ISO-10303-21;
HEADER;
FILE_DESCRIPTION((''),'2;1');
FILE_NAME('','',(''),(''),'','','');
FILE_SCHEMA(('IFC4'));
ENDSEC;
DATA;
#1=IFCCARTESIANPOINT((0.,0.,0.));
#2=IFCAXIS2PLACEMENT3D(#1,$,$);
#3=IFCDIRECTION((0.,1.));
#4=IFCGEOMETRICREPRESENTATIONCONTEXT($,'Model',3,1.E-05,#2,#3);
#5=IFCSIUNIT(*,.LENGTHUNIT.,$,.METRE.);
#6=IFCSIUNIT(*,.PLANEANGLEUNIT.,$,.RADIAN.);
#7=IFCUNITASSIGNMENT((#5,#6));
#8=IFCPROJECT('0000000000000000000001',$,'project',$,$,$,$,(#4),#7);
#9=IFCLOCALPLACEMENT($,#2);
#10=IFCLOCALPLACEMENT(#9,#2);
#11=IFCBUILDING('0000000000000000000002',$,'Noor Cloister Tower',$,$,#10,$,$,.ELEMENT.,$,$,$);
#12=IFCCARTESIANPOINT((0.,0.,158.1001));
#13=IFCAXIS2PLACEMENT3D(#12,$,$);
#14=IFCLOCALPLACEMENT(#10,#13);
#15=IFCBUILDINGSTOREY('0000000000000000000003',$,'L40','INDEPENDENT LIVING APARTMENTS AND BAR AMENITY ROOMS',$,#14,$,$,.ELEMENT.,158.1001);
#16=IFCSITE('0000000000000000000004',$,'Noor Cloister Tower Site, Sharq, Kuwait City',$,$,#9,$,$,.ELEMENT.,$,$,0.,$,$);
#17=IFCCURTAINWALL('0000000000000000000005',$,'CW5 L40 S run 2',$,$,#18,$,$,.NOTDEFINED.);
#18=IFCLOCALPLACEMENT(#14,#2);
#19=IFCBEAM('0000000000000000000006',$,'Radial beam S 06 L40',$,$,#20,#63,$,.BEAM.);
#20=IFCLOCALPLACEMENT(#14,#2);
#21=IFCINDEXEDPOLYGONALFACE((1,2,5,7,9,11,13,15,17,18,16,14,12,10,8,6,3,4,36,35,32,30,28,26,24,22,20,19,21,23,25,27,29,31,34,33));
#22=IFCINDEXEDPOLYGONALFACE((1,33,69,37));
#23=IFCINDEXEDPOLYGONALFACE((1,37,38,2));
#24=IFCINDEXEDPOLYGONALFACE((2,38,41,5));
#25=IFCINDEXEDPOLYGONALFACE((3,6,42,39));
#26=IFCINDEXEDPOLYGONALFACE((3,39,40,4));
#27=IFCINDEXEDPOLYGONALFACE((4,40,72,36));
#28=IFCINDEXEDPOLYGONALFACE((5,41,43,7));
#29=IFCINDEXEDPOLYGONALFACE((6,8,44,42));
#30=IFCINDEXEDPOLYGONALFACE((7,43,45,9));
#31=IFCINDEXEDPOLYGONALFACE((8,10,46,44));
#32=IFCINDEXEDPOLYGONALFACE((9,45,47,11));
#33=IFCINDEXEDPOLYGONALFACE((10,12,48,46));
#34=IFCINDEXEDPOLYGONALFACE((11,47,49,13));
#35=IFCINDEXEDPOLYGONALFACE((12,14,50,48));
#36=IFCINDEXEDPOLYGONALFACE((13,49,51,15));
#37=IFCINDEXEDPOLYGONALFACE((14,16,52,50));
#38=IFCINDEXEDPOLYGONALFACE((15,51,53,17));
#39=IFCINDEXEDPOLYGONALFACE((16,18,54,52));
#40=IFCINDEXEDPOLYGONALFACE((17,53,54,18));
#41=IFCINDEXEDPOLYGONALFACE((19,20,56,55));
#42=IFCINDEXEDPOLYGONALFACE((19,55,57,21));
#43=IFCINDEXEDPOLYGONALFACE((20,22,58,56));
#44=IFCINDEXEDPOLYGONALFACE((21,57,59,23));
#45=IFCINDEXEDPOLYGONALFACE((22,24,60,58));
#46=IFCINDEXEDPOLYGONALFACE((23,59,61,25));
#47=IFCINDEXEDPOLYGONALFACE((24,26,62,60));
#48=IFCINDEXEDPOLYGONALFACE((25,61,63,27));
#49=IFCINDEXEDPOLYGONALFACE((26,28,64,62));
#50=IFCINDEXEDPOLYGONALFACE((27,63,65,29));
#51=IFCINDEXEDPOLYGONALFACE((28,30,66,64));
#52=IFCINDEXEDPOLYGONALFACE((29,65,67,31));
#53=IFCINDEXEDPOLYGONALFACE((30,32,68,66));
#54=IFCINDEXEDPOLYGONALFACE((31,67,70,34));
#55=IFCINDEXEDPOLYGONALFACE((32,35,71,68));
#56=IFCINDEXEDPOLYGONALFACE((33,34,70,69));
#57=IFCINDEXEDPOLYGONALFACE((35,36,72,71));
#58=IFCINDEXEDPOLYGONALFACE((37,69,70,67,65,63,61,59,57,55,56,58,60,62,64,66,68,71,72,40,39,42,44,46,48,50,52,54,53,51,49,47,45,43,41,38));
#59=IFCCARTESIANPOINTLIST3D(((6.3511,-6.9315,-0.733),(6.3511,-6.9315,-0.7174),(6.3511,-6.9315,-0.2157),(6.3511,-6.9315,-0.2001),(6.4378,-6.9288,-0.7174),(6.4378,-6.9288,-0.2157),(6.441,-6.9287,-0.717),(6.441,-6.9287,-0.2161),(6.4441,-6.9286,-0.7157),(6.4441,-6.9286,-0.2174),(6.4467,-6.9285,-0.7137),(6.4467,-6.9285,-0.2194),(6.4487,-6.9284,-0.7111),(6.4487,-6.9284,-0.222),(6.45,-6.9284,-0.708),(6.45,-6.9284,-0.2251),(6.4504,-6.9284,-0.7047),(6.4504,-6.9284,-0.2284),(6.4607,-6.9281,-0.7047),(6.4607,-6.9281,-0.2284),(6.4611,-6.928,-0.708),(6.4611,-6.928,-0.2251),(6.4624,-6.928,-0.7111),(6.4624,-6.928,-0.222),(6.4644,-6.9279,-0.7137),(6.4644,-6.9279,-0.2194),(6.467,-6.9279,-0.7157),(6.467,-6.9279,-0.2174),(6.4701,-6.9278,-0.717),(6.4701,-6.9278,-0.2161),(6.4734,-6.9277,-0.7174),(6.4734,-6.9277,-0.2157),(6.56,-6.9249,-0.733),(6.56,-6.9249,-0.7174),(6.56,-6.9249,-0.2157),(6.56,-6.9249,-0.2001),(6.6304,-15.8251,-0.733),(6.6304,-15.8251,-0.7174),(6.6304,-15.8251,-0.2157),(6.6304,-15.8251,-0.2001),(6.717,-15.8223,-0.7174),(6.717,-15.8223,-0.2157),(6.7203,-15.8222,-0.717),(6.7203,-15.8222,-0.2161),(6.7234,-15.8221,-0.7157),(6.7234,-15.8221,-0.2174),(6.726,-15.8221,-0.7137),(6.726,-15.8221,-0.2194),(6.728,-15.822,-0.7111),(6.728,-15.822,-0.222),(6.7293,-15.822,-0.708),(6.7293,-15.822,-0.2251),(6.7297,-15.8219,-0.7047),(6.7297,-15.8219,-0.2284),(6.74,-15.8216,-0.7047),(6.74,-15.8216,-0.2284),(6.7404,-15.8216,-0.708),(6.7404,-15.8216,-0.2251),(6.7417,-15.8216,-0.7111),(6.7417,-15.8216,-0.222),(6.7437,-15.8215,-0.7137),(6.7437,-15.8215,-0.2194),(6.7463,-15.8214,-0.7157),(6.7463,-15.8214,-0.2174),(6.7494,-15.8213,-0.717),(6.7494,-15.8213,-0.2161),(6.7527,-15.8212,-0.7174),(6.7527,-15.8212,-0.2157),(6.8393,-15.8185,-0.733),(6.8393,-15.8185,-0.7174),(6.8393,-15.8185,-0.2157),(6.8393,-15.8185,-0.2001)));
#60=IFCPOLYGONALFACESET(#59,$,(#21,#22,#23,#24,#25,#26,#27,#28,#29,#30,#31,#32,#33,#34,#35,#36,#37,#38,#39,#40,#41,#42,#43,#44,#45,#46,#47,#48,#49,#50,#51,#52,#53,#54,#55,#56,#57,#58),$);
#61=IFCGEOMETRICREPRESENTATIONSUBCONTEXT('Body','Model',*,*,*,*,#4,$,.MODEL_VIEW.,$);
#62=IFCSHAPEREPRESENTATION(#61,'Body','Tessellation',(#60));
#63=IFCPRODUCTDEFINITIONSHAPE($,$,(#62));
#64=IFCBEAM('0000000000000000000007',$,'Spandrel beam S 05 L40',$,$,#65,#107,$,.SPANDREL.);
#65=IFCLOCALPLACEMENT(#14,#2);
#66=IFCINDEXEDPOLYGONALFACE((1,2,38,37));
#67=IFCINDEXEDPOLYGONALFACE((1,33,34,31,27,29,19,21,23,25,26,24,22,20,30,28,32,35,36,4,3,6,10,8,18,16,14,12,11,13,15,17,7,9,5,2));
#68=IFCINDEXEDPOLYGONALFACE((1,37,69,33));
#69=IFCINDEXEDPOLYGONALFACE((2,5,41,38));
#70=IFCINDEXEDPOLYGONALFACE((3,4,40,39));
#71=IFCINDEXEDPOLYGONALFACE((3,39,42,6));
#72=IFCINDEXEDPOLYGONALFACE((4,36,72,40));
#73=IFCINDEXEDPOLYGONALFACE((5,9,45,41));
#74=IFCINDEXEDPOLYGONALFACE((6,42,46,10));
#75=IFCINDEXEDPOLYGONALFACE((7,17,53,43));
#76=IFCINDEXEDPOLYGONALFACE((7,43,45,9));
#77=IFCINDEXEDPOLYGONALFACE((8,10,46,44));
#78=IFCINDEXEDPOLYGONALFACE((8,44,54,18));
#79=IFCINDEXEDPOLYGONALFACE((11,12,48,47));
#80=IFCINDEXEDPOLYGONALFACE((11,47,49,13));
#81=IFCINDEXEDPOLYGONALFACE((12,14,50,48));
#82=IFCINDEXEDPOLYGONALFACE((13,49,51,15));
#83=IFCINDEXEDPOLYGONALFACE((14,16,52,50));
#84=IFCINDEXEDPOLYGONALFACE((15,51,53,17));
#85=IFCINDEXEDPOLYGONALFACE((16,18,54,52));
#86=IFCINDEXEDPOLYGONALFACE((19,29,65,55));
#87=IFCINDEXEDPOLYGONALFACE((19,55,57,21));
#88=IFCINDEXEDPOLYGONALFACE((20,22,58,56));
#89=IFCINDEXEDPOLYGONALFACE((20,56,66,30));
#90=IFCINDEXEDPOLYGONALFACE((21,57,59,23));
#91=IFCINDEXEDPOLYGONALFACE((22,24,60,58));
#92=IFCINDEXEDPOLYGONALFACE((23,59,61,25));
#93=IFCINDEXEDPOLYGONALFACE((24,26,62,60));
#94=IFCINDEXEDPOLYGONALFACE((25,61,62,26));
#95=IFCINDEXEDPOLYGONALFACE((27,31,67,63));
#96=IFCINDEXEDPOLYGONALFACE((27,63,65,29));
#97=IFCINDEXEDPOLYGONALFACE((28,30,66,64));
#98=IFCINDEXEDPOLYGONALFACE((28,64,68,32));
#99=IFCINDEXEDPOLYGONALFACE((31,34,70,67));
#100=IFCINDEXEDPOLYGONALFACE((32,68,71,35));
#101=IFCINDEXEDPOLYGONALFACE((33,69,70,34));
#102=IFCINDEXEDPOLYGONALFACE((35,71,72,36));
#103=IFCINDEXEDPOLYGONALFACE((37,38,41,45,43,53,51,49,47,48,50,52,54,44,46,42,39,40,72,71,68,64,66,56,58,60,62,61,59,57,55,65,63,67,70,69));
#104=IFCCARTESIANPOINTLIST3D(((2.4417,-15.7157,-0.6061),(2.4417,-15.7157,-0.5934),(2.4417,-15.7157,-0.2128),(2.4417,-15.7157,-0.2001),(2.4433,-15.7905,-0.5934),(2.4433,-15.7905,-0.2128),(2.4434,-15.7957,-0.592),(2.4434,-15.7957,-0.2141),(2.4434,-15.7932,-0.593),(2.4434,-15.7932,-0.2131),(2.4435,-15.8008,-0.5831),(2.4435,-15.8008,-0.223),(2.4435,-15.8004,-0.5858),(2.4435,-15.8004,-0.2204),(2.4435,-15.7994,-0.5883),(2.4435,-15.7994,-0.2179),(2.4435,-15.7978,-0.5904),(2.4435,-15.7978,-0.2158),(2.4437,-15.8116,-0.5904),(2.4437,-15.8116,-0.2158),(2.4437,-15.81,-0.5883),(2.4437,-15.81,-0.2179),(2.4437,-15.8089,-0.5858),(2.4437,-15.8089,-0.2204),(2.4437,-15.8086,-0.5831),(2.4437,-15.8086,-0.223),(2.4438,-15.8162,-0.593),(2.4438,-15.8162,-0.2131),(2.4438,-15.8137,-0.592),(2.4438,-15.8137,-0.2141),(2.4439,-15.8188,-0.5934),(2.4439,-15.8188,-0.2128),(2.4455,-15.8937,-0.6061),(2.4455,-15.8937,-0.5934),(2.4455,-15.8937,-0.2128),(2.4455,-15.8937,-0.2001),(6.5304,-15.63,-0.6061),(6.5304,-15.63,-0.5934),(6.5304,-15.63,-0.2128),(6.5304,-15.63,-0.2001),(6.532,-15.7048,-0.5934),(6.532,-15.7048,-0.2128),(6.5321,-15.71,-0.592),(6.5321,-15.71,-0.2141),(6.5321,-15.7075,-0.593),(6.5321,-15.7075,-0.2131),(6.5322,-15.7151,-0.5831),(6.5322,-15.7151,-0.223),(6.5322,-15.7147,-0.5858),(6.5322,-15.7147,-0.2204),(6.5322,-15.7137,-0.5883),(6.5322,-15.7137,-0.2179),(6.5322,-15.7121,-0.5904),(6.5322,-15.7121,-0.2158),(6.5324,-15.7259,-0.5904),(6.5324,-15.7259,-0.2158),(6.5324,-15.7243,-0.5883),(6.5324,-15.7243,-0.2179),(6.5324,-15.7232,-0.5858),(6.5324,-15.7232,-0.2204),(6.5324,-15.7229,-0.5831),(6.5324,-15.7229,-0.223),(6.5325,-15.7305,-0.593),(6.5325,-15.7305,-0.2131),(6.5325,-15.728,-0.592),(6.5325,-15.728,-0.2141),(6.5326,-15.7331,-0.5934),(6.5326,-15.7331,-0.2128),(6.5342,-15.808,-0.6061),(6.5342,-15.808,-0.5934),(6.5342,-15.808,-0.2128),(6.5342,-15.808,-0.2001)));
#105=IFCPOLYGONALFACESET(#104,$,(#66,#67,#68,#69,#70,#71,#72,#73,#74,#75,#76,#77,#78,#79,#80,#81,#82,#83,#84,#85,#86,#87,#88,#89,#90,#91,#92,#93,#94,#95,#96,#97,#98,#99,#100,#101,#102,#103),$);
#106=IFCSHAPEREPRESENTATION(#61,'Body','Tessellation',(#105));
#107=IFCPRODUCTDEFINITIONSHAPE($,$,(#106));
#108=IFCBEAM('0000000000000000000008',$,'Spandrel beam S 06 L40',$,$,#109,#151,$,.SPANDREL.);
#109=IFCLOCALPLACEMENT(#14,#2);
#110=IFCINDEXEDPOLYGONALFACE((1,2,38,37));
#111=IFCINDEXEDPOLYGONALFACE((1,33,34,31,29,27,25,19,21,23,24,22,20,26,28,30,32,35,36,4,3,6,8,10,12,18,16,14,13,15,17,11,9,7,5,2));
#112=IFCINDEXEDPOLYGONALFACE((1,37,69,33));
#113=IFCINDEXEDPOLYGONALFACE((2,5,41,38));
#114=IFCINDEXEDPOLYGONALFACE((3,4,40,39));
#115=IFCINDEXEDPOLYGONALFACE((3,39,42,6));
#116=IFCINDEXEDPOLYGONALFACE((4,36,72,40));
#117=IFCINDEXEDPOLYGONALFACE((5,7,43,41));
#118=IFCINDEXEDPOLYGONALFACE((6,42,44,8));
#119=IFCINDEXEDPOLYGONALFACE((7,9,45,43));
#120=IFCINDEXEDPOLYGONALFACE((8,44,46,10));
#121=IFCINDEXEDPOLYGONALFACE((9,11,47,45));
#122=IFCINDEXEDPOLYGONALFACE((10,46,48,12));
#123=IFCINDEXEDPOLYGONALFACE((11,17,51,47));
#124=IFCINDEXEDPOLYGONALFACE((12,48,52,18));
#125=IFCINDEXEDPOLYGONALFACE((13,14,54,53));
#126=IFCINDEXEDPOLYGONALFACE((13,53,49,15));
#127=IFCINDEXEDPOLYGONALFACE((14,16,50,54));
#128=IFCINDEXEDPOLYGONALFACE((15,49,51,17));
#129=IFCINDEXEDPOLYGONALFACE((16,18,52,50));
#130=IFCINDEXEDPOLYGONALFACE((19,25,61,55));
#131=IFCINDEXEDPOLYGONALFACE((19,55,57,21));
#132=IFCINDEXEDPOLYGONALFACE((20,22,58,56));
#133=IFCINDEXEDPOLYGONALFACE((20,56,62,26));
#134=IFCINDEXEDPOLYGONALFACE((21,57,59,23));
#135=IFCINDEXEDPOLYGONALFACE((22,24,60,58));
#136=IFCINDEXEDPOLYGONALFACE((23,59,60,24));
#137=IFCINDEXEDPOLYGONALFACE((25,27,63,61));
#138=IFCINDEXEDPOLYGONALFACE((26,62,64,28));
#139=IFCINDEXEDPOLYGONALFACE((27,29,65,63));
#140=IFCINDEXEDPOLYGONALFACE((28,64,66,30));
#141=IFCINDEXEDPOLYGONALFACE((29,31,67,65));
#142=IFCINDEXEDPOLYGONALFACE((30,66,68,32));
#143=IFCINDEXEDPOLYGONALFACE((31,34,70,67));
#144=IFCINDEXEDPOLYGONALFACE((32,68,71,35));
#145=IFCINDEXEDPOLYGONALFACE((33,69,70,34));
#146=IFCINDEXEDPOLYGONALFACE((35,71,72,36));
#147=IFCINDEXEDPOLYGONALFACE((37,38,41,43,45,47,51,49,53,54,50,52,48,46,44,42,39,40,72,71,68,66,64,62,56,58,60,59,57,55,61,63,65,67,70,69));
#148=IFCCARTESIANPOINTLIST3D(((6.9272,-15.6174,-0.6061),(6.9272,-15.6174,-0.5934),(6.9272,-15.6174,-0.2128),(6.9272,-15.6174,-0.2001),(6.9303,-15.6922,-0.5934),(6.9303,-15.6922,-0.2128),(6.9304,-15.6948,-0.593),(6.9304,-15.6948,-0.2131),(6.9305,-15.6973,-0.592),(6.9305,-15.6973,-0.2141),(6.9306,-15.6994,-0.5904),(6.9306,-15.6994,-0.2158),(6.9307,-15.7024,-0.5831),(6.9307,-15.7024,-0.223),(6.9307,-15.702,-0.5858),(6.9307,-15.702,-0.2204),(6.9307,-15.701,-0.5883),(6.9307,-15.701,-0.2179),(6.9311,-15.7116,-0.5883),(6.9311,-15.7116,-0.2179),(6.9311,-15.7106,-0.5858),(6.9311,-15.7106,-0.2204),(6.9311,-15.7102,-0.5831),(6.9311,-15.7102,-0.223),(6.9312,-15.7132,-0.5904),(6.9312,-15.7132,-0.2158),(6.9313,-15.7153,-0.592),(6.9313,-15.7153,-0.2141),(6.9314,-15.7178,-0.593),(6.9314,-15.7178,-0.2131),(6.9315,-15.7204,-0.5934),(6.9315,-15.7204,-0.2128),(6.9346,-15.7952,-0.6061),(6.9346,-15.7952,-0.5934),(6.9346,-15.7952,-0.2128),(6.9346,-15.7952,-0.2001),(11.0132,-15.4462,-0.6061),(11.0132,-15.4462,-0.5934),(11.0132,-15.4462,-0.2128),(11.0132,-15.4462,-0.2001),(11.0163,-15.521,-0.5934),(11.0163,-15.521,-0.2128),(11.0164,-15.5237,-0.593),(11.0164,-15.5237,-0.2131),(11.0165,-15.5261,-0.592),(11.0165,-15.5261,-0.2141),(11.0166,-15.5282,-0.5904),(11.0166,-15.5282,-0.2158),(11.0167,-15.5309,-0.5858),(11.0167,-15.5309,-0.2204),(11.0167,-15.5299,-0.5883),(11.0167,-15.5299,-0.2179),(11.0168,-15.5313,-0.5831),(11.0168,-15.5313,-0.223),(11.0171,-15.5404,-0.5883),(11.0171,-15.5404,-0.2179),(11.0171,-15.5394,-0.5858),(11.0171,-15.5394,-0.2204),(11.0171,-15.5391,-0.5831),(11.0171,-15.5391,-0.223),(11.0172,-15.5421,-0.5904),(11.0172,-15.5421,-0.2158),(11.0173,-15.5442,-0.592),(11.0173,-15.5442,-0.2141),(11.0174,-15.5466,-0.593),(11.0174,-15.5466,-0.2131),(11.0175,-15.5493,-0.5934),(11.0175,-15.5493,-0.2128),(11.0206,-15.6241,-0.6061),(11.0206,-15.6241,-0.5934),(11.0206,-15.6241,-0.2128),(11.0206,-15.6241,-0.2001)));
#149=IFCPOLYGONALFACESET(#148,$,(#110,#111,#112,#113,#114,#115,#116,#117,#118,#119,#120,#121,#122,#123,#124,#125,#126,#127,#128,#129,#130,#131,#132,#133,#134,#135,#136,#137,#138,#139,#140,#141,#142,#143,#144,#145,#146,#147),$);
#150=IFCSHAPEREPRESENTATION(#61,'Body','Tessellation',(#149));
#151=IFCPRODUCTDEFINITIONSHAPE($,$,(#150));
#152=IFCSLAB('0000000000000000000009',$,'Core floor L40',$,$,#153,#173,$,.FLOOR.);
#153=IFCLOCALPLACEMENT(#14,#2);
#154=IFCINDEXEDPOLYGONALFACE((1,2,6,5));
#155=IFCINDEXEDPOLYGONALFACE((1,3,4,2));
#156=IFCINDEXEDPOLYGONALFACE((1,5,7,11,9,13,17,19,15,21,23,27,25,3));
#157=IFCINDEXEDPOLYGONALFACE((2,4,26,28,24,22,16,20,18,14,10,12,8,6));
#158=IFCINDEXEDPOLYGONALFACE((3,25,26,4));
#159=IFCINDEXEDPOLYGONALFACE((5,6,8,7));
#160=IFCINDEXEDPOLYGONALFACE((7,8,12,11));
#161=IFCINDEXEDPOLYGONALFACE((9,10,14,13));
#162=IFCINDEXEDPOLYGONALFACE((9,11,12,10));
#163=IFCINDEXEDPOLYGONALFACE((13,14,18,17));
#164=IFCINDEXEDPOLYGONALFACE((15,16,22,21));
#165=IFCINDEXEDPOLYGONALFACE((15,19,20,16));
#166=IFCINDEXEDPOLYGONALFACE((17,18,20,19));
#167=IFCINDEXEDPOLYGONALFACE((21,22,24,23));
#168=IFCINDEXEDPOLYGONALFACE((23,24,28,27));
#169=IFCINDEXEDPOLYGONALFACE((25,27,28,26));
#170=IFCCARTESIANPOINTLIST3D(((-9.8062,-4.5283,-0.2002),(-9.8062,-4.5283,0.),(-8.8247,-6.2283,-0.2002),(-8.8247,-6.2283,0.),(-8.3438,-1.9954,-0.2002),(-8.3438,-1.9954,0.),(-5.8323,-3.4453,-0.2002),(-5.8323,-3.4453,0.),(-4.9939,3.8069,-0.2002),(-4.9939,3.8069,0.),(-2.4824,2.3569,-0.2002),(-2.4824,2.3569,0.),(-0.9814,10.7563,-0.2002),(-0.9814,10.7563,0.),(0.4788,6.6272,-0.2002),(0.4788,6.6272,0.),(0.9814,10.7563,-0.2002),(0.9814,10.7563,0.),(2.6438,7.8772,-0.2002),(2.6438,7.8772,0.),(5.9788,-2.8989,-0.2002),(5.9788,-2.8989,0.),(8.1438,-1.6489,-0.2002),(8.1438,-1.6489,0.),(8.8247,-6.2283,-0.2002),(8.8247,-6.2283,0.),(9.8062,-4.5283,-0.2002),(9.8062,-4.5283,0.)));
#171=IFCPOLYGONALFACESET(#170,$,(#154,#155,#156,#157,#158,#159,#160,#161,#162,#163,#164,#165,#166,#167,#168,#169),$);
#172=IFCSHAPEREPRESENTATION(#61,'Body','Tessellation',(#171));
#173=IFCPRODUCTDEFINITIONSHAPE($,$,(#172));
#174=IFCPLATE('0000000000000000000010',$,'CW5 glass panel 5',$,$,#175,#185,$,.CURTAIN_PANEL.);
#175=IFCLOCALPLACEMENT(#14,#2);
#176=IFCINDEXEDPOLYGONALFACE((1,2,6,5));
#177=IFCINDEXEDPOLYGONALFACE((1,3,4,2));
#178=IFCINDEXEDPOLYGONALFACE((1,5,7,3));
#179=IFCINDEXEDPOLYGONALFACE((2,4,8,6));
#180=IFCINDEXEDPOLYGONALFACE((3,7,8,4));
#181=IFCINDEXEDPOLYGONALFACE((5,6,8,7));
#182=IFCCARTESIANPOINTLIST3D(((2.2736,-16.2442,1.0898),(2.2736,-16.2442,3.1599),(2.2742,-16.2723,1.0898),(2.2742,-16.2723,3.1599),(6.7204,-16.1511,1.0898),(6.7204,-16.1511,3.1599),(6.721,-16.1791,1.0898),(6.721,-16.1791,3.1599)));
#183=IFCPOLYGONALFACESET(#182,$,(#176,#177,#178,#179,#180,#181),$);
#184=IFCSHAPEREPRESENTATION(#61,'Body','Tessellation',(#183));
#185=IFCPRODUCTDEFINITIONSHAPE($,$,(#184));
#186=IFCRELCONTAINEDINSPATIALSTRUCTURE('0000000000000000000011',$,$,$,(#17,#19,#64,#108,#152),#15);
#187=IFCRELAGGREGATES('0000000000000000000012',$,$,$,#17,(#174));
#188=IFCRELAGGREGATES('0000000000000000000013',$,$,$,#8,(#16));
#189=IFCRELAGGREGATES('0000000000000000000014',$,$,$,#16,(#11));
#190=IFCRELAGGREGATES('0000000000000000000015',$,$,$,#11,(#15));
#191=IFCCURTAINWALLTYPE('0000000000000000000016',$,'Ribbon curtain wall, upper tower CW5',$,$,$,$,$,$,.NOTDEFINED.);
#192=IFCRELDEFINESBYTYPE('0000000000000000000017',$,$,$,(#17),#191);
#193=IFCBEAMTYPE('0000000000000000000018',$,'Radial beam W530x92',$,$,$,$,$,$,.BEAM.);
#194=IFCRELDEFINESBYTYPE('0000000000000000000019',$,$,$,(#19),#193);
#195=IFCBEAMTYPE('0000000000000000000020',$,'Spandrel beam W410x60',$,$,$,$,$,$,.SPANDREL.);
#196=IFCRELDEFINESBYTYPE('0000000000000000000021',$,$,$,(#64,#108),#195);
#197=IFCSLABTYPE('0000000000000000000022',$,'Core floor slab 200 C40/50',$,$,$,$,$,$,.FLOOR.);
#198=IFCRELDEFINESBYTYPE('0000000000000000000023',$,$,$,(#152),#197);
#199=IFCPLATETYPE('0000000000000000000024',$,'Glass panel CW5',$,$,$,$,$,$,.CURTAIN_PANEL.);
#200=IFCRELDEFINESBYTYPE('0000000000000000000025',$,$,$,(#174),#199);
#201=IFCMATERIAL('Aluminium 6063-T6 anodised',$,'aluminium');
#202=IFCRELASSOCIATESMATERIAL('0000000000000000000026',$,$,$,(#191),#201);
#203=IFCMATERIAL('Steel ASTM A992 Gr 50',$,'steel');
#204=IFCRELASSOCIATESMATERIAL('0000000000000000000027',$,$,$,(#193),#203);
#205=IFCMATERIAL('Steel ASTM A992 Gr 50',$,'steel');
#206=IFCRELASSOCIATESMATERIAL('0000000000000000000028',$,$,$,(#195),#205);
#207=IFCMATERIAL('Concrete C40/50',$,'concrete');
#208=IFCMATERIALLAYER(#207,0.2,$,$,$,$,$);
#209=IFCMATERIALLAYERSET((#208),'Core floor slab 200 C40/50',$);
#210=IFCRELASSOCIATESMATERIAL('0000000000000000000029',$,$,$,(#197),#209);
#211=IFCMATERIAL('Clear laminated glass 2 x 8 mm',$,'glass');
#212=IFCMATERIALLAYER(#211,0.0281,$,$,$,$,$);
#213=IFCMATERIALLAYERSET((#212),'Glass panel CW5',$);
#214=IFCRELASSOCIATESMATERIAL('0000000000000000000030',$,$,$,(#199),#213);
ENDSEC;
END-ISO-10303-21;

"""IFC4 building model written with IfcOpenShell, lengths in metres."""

from ifc_helpers import new_model, si_unit, direction, frame, origin, origin_2d, place, context, subcontext, project, spatial, polyline, rectangle, i_section, outline, extrude, material, layer, layer_set, material_profile, profile_set, type_object, element, aggregate, save


model = new_model("IFC4")

# Units and contexts
model_context = context("Model", 3, precision=1e-05, world=origin(), true_north=direction((0.0, 1.0)))
body_context = subcontext(model_context, "Body", "Model", "MODEL_VIEW")
ifc_project = project(units=[si_unit("LENGTHUNIT", "METRE"), si_unit("PLANEANGLEUNIT", "RADIAN")], contexts=[model_context])

# Site, building, storey
site_placement = place(None, origin())
site = spatial("IfcSite", under=ifc_project, at=site_placement, Name="Noor Cloister Tower Site, Sharq, Kuwait City", CompositionType="ELEMENT", RefElevation=0.0)
building_placement = place(site_placement, origin())
building = spatial("IfcBuilding", under=site, at=building_placement, Name="Noor Cloister Tower", CompositionType="ELEMENT")
storey_placement = place(building_placement, frame((0.0, 0.0, 158.1001)))
storey = spatial("IfcBuildingStorey", under=building, at=storey_placement, Name="L40", Description="INDEPENDENT LIVING APARTMENTS AND BAR AMENITY ROOMS", CompositionType="ELEMENT", Elevation=158.1001)

# Curtain wall
ifc_material_1 = material(Name="Aluminium 6063-T6 anodised", Category="aluminium")
curtain_wall_type = type_object("IfcCurtainWallType", Name="Ribbon curtain wall, upper tower CW5", PredefinedType="NOTDEFINED", material=ifc_material_1)
curtain_wall_placement = place(storey_placement, origin())
curtain_wall = element("IfcCurtainWall", 1, at=curtain_wall_placement, inside=storey, type_object=curtain_wall_type, Name="CW5 L40 S run 2", PredefinedType="NOTDEFINED")

# Beams
ifc_material_2 = material(Name="Steel ASTM A992 Gr 50", Category="steel")
ifc_material_profile_1 = material_profile(ifc_material_2, i_section(OverallWidth=0.209, OverallDepth=0.533, WebThickness=0.0103, FlangeThickness=0.0156, FilletRadius=0.0127, at=origin_2d()), Name="W530x92")
ifc_profile_set_1 = profile_set([ifc_material_profile_1], Name="Steel ASTM A992 Gr 50")
beam_type_1 = type_object("IfcBeamType", Name="Radial beam W530x92", PredefinedType="BEAM", material=ifc_profile_set_1)
beam_1_placement = place(storey_placement, frame((6.7349, -15.8218, -0.4666), z_axis=(-0.031389, 0.999507, 0.0), x_axis=(-0.999507, -0.031389, 0.0)))
element("IfcBeam", 2, at=beam_1_placement, inside=storey, type_object=beam_type_1, Name="Radial beam S 06 L40", PredefinedType="BEAM", context=body_context, shape_type="SweptSolid", body=[
    extrude(i_section(OverallWidth=0.209, OverallDepth=0.533, WebThickness=0.0103, FlangeThickness=0.0156, FilletRadius=0.0127, at=origin_2d()), origin(), (0.0, 0.0, 1.0), 8.8979),
])
ifc_material_3 = material(Name="Steel ASTM A992 Gr 50", Category="steel")
ifc_material_profile_2 = material_profile(ifc_material_3, i_section(OverallWidth=0.178, OverallDepth=0.406, WebThickness=0.0078, FlangeThickness=0.0127, FilletRadius=0.0103, at=origin_2d()), Name="W410x60")
ifc_profile_set_2 = profile_set([ifc_material_profile_2], Name="Steel ASTM A992 Gr 50")
beam_type_2 = type_object("IfcBeamType", Name="Spandrel beam W410x60", PredefinedType="SPANDREL", material=ifc_profile_set_2)
for number, where, z_axis, x_axis, name in (
    (3, (2.4436, -15.8047, -0.4031), (0.99978, 0.020954, 0.0), (-0.020954, 0.99978, 0.0), "Spandrel beam S 05 L40"),
    (4, (6.9309, -15.7063, -0.4031), (0.999124, 0.041849, 0.0), (-0.041849, 0.999124, 0.0), "Spandrel beam S 06 L40"),
):
    element("IfcBeam", number, at=place(storey_placement, frame(where, z_axis=z_axis, x_axis=x_axis)), inside=storey, type_object=beam_type_2, Name=name, PredefinedType="SPANDREL", context=body_context, shape_type="SweptSolid", body=[
        extrude(i_section(OverallWidth=0.178, OverallDepth=0.406, WebThickness=0.0078, FlangeThickness=0.0127, FilletRadius=0.0103, at=origin_2d()), origin(), (0.0, 0.0, 1.0), 4.0896),
    ])

# Slab
ifc_material_4 = material(Name="Concrete C40/50", Category="concrete")
ifc_layer_1 = layer(ifc_material_4, 0.2)
ifc_layer_set_1 = layer_set([ifc_layer_1], Name="Core floor slab 200 C40/50")
slab_type_1 = type_object("IfcSlabType", Name="Core floor slab 200 C40/50", PredefinedType="FLOOR", material=ifc_layer_set_1)
slab_1_placement = place(storey_placement, frame((0.0, 0.0, -0.2002)))
element("IfcSlab", 5, at=slab_1_placement, inside=storey, type_object=slab_type_1, Name="Core floor L40", PredefinedType="FLOOR", context=body_context, shape_type="SweptSolid", body=[
    extrude(outline(polyline([(2.6438, 7.8772), (0.9814, 10.7563), (-0.9814, 10.7563), (-4.9939, 3.8069), (-2.4824, 2.3569), (-5.8323, -3.4453), (-8.3438, -1.9954), (-9.8062, -4.5283), (-8.8247, -6.2283), (8.8247, -6.2283), (9.8062, -4.5283), (8.1438, -1.6489), (5.9788, -2.8989), (0.4788, 6.6272), (2.6438, 7.8772)])), origin(), (0.0, 0.0, 1.0), 0.2002),
])

# Plate
ifc_material_5 = material(Name="Clear laminated glass 2 x 8 mm", Category="glass")
ifc_layer_2 = layer(ifc_material_5, 0.0281)
ifc_layer_set_2 = layer_set([ifc_layer_2], Name="Glass panel CW5")
plate_type = type_object("IfcPlateType", Name="Glass panel CW5", PredefinedType="CURTAIN_PANEL", material=ifc_layer_set_2)
plate_1_placement = place(storey_placement, frame((4.4973, -16.2117, 1.0898), z_axis=(0.0, 0.0, 1.0), x_axis=(0.999781, 0.020945, 0.0)))
plate_1 = element("IfcPlate", 6, at=plate_1_placement, type_object=plate_type, Name="CW5 glass panel 5", PredefinedType="CURTAIN_PANEL", context=body_context, shape_type="SweptSolid", body=[
    extrude(rectangle(XDim=4.4478, YDim=0.0281, at=origin_2d()), origin(), (0.0, 0.0, 1.0), 2.0701),
])
aggregate(curtain_wall, [plate_1])

save(model, "model.ifc")
